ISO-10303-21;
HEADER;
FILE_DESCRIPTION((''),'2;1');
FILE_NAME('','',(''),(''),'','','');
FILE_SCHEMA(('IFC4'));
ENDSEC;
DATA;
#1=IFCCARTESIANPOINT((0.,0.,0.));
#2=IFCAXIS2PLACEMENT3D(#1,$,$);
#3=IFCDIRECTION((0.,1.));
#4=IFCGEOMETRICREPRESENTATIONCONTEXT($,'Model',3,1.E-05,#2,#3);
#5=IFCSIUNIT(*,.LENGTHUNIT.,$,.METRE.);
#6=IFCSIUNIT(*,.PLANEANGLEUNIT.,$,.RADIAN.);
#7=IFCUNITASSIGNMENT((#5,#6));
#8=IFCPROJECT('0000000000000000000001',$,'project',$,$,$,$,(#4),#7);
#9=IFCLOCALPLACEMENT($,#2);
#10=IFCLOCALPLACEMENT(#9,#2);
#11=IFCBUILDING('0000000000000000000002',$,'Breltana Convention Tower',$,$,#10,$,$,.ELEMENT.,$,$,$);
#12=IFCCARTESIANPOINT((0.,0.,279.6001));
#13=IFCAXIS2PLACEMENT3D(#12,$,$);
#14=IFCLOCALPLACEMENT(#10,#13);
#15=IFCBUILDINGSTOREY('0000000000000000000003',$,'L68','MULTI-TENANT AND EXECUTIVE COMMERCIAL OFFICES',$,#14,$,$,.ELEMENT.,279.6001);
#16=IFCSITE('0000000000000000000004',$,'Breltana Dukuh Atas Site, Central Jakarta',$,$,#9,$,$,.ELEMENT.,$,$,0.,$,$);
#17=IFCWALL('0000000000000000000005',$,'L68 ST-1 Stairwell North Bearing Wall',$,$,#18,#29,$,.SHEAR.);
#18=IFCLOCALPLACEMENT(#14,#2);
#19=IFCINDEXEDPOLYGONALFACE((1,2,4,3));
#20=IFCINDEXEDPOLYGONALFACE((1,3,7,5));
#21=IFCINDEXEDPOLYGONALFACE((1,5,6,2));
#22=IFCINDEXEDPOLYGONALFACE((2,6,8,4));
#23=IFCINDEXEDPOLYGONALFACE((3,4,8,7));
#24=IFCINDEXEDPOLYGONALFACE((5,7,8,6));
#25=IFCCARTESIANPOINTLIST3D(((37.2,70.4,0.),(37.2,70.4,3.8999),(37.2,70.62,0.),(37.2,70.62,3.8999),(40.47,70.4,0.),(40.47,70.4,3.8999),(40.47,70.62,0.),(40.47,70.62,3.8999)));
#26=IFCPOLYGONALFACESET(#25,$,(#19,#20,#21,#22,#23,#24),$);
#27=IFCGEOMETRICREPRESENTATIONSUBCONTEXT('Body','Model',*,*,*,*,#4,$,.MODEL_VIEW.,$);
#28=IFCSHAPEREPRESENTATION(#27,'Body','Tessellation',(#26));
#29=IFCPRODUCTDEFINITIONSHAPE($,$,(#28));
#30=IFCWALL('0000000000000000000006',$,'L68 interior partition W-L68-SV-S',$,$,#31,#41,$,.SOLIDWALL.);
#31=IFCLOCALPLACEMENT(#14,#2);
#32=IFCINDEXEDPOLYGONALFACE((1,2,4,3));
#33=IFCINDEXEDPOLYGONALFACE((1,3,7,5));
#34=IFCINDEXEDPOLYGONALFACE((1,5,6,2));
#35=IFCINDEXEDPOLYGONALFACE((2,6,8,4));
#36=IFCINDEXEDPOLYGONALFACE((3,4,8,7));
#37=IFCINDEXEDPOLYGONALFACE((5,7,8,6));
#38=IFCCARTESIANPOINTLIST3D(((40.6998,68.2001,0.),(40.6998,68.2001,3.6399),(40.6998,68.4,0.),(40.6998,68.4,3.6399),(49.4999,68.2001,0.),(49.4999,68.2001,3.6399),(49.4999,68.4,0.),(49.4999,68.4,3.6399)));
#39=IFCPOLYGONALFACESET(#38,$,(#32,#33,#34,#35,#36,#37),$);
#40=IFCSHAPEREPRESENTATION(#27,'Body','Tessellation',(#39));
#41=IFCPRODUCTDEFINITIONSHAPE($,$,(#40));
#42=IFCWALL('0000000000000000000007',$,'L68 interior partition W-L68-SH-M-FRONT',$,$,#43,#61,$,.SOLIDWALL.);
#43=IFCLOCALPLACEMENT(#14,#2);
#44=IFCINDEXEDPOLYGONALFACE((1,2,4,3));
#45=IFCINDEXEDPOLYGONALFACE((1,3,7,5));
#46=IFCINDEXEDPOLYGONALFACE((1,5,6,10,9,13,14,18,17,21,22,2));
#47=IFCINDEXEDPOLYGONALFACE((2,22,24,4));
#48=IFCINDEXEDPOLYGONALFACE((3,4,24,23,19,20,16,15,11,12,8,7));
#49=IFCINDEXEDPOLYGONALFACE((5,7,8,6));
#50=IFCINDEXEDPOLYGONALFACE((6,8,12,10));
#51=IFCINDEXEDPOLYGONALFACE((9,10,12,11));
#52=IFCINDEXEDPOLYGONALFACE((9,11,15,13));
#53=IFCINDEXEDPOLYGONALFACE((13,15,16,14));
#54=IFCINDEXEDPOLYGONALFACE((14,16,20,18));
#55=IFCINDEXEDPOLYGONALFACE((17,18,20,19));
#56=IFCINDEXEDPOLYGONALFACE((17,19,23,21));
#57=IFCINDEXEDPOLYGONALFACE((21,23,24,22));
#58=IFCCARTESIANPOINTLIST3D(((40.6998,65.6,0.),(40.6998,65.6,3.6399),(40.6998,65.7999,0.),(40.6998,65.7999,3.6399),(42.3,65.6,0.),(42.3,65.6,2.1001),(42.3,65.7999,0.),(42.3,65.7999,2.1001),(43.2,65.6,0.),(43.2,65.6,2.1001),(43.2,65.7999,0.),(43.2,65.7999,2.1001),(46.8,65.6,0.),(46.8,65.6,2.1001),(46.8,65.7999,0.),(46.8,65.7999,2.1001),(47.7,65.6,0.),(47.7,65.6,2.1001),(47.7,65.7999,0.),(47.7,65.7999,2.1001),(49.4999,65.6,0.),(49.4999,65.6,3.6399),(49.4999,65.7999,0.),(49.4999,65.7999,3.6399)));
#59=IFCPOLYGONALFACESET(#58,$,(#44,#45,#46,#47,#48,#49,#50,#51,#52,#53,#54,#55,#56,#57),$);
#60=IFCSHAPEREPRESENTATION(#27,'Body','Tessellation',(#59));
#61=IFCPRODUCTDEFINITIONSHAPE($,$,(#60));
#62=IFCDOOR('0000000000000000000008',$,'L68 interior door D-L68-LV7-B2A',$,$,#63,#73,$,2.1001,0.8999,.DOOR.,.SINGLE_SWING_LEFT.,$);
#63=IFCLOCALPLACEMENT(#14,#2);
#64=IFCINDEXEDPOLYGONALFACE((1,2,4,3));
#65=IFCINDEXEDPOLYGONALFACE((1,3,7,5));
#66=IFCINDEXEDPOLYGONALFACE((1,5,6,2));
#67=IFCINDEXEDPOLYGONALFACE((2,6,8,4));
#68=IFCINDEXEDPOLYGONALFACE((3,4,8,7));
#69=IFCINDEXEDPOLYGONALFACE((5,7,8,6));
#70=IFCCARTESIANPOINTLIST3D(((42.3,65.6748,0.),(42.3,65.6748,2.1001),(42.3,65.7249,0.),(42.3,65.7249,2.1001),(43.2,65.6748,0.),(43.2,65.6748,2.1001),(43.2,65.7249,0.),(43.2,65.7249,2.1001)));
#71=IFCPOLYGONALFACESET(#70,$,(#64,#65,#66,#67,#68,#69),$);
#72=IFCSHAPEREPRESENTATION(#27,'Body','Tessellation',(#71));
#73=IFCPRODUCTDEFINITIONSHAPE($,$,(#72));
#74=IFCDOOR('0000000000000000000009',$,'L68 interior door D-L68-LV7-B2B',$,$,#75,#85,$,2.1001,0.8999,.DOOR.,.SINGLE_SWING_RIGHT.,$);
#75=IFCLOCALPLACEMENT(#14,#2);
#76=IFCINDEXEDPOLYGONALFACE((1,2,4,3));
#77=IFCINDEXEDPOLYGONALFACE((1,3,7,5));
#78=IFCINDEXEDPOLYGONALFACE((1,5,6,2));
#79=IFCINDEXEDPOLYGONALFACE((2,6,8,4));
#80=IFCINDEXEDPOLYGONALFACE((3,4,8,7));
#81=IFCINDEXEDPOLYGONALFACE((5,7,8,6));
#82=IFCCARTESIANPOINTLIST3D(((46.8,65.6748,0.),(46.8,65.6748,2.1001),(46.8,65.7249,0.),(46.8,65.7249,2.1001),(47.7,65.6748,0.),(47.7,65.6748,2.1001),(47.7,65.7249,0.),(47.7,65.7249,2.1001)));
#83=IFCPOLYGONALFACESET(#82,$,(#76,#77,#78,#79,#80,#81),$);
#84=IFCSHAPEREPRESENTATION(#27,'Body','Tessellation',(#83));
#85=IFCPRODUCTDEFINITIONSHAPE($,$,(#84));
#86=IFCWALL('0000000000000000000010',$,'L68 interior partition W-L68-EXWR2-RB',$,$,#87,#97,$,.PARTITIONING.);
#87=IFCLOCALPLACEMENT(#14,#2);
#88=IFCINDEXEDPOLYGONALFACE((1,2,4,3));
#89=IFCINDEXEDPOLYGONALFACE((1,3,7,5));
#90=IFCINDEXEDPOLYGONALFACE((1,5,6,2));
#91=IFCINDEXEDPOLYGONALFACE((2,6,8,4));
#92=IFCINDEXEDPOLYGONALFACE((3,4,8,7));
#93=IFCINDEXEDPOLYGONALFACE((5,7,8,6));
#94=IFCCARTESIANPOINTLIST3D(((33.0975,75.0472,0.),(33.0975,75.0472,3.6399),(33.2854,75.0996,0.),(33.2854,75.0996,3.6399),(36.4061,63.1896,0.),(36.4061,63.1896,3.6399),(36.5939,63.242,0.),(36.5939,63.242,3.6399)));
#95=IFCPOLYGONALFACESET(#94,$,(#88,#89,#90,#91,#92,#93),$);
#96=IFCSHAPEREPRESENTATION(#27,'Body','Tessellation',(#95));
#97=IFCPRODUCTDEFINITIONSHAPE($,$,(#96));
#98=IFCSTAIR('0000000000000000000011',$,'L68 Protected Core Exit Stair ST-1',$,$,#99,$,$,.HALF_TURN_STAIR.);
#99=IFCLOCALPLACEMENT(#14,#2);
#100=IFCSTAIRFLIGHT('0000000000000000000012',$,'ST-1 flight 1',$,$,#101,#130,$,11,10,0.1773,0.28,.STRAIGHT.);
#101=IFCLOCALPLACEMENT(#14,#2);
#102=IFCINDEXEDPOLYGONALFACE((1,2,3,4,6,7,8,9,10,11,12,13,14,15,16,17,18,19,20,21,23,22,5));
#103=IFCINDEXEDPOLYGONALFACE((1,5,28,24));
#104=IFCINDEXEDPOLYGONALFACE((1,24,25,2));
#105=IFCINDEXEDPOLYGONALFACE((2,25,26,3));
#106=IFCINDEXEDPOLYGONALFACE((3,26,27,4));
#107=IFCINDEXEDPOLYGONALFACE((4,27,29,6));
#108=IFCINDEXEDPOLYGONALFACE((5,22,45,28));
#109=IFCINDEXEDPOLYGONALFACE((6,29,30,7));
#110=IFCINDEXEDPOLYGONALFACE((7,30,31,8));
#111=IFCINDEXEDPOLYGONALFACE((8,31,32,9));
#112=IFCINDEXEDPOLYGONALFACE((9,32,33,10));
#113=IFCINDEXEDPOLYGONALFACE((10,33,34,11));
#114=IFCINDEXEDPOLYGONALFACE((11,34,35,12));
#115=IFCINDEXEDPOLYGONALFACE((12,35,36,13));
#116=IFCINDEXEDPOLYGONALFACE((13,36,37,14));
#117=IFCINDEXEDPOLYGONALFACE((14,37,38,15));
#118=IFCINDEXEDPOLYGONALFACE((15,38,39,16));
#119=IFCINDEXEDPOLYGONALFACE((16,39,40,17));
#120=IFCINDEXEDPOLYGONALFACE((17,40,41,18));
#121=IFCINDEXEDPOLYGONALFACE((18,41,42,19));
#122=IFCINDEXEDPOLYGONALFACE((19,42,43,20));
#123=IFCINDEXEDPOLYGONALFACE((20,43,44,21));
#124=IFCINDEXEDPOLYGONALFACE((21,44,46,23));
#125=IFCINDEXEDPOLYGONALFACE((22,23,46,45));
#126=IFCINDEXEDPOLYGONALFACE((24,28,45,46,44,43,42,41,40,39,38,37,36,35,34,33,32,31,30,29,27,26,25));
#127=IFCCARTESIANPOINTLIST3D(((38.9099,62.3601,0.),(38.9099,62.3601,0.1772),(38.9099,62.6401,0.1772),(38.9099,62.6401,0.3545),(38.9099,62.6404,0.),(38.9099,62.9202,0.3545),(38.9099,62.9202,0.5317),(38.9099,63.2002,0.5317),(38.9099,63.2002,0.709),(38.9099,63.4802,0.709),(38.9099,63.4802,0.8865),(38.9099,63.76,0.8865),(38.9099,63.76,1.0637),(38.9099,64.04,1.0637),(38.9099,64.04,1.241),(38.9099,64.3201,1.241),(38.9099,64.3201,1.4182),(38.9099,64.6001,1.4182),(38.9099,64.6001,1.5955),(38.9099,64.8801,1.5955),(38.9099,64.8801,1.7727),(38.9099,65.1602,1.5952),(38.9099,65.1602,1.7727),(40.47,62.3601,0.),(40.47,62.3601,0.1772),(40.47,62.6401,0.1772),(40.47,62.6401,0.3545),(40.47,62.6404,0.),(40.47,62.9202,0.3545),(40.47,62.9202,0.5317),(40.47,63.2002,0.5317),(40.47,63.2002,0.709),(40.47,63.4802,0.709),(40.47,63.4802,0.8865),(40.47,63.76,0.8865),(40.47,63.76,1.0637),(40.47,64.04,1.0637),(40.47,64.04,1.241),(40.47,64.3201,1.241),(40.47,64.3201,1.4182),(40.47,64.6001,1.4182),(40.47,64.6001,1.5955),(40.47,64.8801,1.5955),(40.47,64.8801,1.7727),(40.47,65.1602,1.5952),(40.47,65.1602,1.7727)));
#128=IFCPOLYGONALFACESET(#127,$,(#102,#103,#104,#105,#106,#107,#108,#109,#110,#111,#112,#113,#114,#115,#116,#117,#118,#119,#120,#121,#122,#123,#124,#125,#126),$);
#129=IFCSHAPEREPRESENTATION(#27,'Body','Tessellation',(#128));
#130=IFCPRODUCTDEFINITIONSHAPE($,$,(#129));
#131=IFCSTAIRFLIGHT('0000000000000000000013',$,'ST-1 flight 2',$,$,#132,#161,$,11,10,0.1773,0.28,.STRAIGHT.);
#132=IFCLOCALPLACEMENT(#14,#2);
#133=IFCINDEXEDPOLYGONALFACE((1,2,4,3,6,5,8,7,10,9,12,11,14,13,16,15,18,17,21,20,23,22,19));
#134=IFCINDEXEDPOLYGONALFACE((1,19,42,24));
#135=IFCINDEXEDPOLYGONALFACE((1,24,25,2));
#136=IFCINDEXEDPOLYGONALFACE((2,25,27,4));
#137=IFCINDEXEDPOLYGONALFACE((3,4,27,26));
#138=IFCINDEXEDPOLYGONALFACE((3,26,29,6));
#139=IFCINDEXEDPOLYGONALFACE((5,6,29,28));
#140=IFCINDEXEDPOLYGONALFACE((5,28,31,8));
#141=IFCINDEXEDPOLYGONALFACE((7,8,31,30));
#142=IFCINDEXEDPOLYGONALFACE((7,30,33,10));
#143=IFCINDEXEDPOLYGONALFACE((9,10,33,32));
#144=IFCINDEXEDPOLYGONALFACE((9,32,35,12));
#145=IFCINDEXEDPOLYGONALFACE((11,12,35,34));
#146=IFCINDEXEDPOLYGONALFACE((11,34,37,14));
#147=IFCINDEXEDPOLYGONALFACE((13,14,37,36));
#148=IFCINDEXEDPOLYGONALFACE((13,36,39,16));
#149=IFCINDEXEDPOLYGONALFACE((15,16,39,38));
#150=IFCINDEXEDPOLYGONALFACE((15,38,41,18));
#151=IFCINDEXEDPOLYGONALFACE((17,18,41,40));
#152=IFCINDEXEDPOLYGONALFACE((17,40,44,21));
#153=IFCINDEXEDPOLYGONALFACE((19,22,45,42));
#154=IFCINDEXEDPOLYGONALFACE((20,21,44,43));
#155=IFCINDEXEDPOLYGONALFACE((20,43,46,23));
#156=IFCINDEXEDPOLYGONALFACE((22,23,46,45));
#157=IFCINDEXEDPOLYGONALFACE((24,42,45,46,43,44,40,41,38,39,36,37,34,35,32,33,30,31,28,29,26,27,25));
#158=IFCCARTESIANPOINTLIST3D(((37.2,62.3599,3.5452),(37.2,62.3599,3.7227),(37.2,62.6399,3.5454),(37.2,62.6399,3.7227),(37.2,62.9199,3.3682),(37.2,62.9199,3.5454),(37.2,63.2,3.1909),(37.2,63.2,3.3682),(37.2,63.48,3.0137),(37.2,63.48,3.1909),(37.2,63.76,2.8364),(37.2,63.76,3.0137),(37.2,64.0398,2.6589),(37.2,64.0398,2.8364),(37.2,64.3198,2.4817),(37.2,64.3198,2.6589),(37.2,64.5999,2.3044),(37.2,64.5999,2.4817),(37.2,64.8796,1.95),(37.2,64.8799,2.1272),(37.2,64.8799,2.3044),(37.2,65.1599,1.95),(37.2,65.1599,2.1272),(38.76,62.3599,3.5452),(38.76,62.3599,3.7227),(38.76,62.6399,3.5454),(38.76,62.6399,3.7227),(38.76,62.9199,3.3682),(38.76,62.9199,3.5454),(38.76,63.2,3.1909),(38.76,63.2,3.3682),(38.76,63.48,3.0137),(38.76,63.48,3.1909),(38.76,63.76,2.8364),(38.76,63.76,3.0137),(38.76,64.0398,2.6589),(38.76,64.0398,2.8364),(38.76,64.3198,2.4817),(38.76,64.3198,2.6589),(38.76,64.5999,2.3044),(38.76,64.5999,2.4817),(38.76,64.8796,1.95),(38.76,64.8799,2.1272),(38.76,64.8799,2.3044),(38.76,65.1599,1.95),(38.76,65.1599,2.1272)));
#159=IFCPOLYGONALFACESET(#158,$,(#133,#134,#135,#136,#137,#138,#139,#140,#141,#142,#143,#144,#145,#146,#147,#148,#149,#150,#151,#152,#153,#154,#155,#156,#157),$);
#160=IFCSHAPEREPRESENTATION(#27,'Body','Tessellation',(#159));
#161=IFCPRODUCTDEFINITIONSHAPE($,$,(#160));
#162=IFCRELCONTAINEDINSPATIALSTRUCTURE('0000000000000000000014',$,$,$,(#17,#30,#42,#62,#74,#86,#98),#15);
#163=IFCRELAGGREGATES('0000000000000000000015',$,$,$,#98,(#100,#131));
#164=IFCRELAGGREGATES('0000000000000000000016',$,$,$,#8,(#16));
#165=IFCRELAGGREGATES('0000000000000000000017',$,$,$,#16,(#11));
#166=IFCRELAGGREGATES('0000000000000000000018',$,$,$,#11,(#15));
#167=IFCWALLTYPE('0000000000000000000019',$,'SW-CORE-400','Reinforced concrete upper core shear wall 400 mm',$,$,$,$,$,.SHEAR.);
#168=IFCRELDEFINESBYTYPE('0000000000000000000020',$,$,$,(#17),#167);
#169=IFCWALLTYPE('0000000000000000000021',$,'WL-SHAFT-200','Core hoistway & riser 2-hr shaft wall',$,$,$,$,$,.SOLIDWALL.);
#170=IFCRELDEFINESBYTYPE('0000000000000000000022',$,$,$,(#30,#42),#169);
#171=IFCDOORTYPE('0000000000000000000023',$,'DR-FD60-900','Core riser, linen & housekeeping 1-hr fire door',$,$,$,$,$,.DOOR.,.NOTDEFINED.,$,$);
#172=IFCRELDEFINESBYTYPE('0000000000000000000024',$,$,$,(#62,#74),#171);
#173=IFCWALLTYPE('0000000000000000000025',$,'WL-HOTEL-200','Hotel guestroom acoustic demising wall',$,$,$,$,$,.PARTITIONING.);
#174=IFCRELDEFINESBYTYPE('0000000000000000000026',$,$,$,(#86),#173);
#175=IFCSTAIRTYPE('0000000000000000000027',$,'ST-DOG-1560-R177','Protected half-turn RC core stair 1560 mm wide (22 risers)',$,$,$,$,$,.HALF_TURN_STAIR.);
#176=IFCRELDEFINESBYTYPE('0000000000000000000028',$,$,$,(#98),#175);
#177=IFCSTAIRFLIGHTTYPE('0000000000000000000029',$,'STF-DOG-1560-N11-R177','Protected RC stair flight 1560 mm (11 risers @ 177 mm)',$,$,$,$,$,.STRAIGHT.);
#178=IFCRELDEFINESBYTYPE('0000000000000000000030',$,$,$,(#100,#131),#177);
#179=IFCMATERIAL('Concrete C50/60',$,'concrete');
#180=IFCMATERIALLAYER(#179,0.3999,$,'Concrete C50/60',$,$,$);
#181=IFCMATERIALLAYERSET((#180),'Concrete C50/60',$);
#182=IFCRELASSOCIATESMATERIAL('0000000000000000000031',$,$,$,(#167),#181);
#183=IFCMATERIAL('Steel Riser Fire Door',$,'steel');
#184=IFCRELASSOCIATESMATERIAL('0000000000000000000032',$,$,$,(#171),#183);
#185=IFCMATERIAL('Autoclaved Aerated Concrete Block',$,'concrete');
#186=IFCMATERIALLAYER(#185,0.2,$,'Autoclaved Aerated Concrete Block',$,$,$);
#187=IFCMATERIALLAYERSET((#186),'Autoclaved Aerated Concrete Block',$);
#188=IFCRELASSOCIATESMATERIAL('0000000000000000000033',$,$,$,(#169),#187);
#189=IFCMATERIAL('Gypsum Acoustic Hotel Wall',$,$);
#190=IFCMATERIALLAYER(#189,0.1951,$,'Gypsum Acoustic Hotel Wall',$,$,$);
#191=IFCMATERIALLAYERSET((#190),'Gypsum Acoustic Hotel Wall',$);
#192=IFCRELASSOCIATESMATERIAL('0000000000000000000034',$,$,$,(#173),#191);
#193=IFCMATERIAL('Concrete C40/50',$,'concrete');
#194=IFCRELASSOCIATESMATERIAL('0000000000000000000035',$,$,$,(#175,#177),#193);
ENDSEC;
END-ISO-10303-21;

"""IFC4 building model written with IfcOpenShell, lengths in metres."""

from ifc_helpers import new_model, si_unit, direction, frame, frame_2d, origin, place, context, subcontext, project, spatial, polyline, rectangle, outline, extrude, source, transform, mapped, material, layer, layer_set, type_object, type_shapes, element, fill, aggregate, save


model = new_model("IFC4")

# Units and contexts
model_context = context("Model", 3, precision=1e-05, world=origin(), true_north=direction((0.0, 1.0)))
body_context = subcontext(model_context, "Body", "Model", "MODEL_VIEW")
ifc_project = project(units=[si_unit("LENGTHUNIT", "METRE"), si_unit("PLANEANGLEUNIT", "RADIAN")], contexts=[model_context])

# Site, building, storey
site_placement = place(None, origin())
site = spatial("IfcSite", under=ifc_project, at=site_placement, Name="Breltana Dukuh Atas Site, Central Jakarta", CompositionType="ELEMENT", RefElevation=0.0)
building_placement = place(site_placement, origin())
building = spatial("IfcBuilding", under=site, at=building_placement, Name="Breltana Convention Tower", CompositionType="ELEMENT")
storey_placement = place(building_placement, frame((0.0, 0.0, 279.6001)))
storey = spatial("IfcBuildingStorey", under=building, at=storey_placement, Name="L68", Description="MULTI-TENANT AND EXECUTIVE COMMERCIAL OFFICES", CompositionType="ELEMENT", Elevation=279.6001)

# Wall
ifc_material_1 = material(Name="Concrete C50/60", Category="concrete")
ifc_layer_1 = layer(ifc_material_1, 0.3999, Name="Concrete C50/60")
ifc_layer_set_1 = layer_set([ifc_layer_1], Name="Concrete C50/60")
wall_type_1 = type_object("IfcWallType", Name="SW-CORE-400", Description="Reinforced concrete upper core shear wall 400 mm", PredefinedType="SHEAR", material=ifc_layer_set_1)
shared_shape_1 = source(origin(), body_context, "Body", "SweptSolid", [
    extrude(rectangle(XDim=3.27, YDim=0.22, at=frame_2d((1.635, 0.0))), origin(), (0.0, 0.0, 1.0), 3.8999),
])
wall_1_placement = place(storey_placement, frame((37.2, 70.51, 0.0), z_axis=(0.0, 0.0, 1.0), x_axis=(1.0, 0.0, 0.0)))
element("IfcWall", 1, at=wall_1_placement, inside=storey, type_object=wall_type_1, Name="L68 ST-1 Stairwell North Bearing Wall", PredefinedType="SHEAR", context=body_context, shape_type="MappedRepresentation", body=[
    mapped(shared_shape_1, transform((0.0, 0.0, 0.0), scale=1.0)),
])

# Shared definitions
ifc_material_2 = material(Name="Steel Riser Fire Door", Category="steel")
door_type_1 = type_object("IfcDoorType", Name="DR-FD60-900", Description="Core riser, linen & housekeeping 1-hr fire door", OperationType="NOTDEFINED", PredefinedType="DOOR", material=ifc_material_2)
shared_shape_2 = source(origin(), body_context, "Body", "SweptSolid", [
    extrude(rectangle(XDim=0.8999, YDim=2.1001, at=frame_2d((0.45, 1.05))), frame((0.0, 0.0249, 0.0), z_axis=(0.0, -1.0, 0.0), x_axis=(1.0, 0.0, 0.0)), (0.0, 0.0, 1.0), 0.05),
])
type_shapes(door_type_1, [shared_shape_2])

# Wall
ifc_material_3 = material(Name="Autoclaved Aerated Concrete Block", Category="concrete")
ifc_layer_2 = layer(ifc_material_3, 0.2, Name="Autoclaved Aerated Concrete Block")
ifc_layer_set_2 = layer_set([ifc_layer_2], Name="Autoclaved Aerated Concrete Block")
wall_type_2 = type_object("IfcWallType", Name="WL-SHAFT-200", Description="Core hoistway & riser 2-hr shaft wall", PredefinedType="SOLIDWALL", material=ifc_layer_set_2)
shared_shape_3 = source(origin(), body_context, "Body", "SweptSolid", [
    extrude(rectangle(XDim=8.8, YDim=0.2, at=frame_2d((4.3999, 0.0))), origin(), (0.0, 0.0, 1.0), 3.6399),
])
wall_2_placement = place(storey_placement, frame((40.7, 68.3, 0.0), z_axis=(0.0, 0.0, 1.0), x_axis=(1.0, 0.0, 0.0)))
element("IfcWall", 2, at=wall_2_placement, inside=storey, type_object=wall_type_2, Name="L68 interior partition W-L68-SV-S", PredefinedType="SOLIDWALL", context=body_context, shape_type="MappedRepresentation", body=[
    mapped(shared_shape_3, transform((0.0, 0.0, 0.0), scale=1.0)),
])

# Wall, openings, doors
wall_3_placement = place(storey_placement, frame((40.7, 65.7, 0.0), z_axis=(0.0, 0.0, 1.0), x_axis=(1.0, 0.0, 0.0)))
wall_3 = element("IfcWall", 3, at=wall_3_placement, inside=storey, type_object=wall_type_2, Name="L68 interior partition W-L68-SH-M-FRONT", PredefinedType="SOLIDWALL", context=body_context, shape_type="MappedRepresentation", body=[
    mapped(shared_shape_3, transform((0.0, 0.0, 0.0), scale=1.0)),
])
opening_1_placement = place(wall_3_placement, frame((1.6001, 0.0, 0.0)))
opening_1 = element("IfcOpeningElement", 4, at=opening_1_placement, cuts=wall_3, PredefinedType="OPENING", context=body_context, shape_type="SweptSolid", body=[
    extrude(rectangle(XDim=0.8999, YDim=2.1001, at=frame_2d((0.45, 1.05))), frame((0.0, 0.1099, 0.0), z_axis=(0.0, -1.0, 0.0), x_axis=(1.0, 0.0, 0.0)), (0.0, 0.0, 1.0), 0.22),
])
opening_2_placement = place(wall_3_placement, frame((6.1001, 0.0, 0.0)))
opening_2 = element("IfcOpeningElement", 5, at=opening_2_placement, cuts=wall_3, PredefinedType="OPENING", context=body_context, shape_type="SweptSolid", body=[
    extrude(rectangle(XDim=0.8999, YDim=2.1001, at=frame_2d((0.45, 1.05))), frame((0.0, 0.1099, 0.0), z_axis=(0.0, -1.0, 0.0), x_axis=(1.0, 0.0, 0.0)), (0.0, 0.0, 1.0), 0.22),
])
door_1_placement = place(opening_1_placement, origin())
door_1 = element("IfcDoor", 6, at=door_1_placement, inside=storey, type_object=door_type_1, Name="L68 interior door D-L68-LV7-B2A", OperationType="SINGLE_SWING_LEFT", OverallHeight=2.1001, OverallWidth=0.8999, PredefinedType="DOOR", context=body_context, shape_type="MappedRepresentation", body=[
    mapped(shared_shape_2, transform((0.0, 0.0, 0.0), scale=1.0)),
])
fill(opening_1, door_1)
door_2_placement = place(opening_2_placement, origin())
door_2 = element("IfcDoor", 7, at=door_2_placement, inside=storey, type_object=door_type_1, Name="L68 interior door D-L68-LV7-B2B", OperationType="SINGLE_SWING_RIGHT", OverallHeight=2.1001, OverallWidth=0.8999, PredefinedType="DOOR", context=body_context, shape_type="MappedRepresentation", body=[
    mapped(shared_shape_2, transform((0.0, 0.0, 0.0), scale=1.0)),
])
fill(opening_2, door_2)

# Wall
ifc_material_4 = material(Name="Gypsum Acoustic Hotel Wall")
ifc_layer_3 = layer(ifc_material_4, 0.1951, Name="Gypsum Acoustic Hotel Wall")
ifc_layer_set_3 = layer_set([ifc_layer_3], Name="Gypsum Acoustic Hotel Wall")
wall_type_3 = type_object("IfcWallType", Name="WL-HOTEL-200", Description="Hotel guestroom acoustic demising wall", PredefinedType="PARTITIONING", material=ifc_layer_set_3)
shared_shape_4 = source(origin(), body_context, "Body", "SweptSolid", [
    extrude(rectangle(XDim=12.3105, YDim=0.1951, at=frame_2d((6.1553, 0.0))), origin(), (0.0, 0.0, 1.0), 3.6399),
])
wall_4_placement = place(storey_placement, frame((36.5, 63.2158, 0.0), z_axis=(0.0, 0.0, 1.0), x_axis=(-0.26876, 0.963207, 0.0)))
element("IfcWall", 8, at=wall_4_placement, inside=storey, type_object=wall_type_3, Name="L68 interior partition W-L68-EXWR2-RB", PredefinedType="PARTITIONING", context=body_context, shape_type="MappedRepresentation", body=[
    mapped(shared_shape_4, transform((0.0, 0.0, 0.0), scale=1.0)),
])

# Stair, stair flights
ifc_material_5 = material(Name="Concrete C40/50", Category="concrete")
stair_type = type_object("IfcStairType", Name="ST-DOG-1560-R177", Description="Protected half-turn RC core stair 1560 mm wide (22 risers)", PredefinedType="HALF_TURN_STAIR", material=ifc_material_5)
stair_placement = place(storey_placement, origin())
stair = element("IfcStair", 9, at=stair_placement, inside=storey, type_object=stair_type, Name="L68 Protected Core Exit Stair ST-1", PredefinedType="HALF_TURN_STAIR")
stair_flight_type = type_object("IfcStairFlightType", Name="STF-DOG-1560-N11-R177", Description="Protected RC stair flight 1560 mm (11 risers @ 177 mm)", PredefinedType="STRAIGHT", material=ifc_material_5)
stair_flight_1_placement = place(storey_placement, frame((39.6899, 62.3601, 0.0), z_axis=(0.0, 0.0, 1.0), x_axis=(0.0, 1.0, 0.0)))
stair_flight_1 = element("IfcStairFlight", 10, at=stair_flight_1_placement, type_object=stair_flight_type, Name="ST-1 flight 1", NumberOfRisers=11, NumberOfTreads=10, PredefinedType="STRAIGHT", RiserHeight=0.1773, TreadLength=0.28, context=body_context, shape_type="SweptSolid", body=[
    extrude(outline(polyline([(0.0, 0.0), (0.0, 0.1772), (0.28, 0.1772), (0.28, 0.3545), (0.5601, 0.3545), (0.5601, 0.5317), (0.8401, 0.5317), (0.8401, 0.709), (1.1201, 0.709), (1.1201, 0.8865), (1.3999, 0.8865), (1.3999, 1.0637), (1.6799, 1.0637), (1.6799, 1.241), (1.96, 1.241), (1.96, 1.4182), (2.24, 1.4182), (2.24, 1.5955), (2.52, 1.5955), (2.52, 1.7727), (2.8, 1.7727), (2.8, 1.95), (2.8, 1.5952), (0.2803, 0.0), (0.0, 0.0)])), frame((0.0, 0.78, 0.0), z_axis=(0.0, -1.0, 0.0), x_axis=(1.0, 0.0, 0.0)), (0.0, 0.0, 1.0), 1.5601),
])
stair_flight_2_placement = place(storey_placement, frame((37.98, 65.1599, 1.95), z_axis=(0.0, 0.0, 1.0), x_axis=(0.0, -1.0, 0.0)))
stair_flight_2 = element("IfcStairFlight", 11, at=stair_flight_2_placement, type_object=stair_flight_type, Name="ST-1 flight 2", NumberOfRisers=11, NumberOfTreads=10, PredefinedType="STRAIGHT", RiserHeight=0.1773, TreadLength=0.28, context=body_context, shape_type="SweptSolid", body=[
    extrude(outline(polyline([(0.0, 0.0), (0.0, 0.1772), (0.28, 0.1772), (0.28, 0.3545), (0.5601, 0.3545), (0.5601, 0.5317), (0.8401, 0.5317), (0.8401, 0.709), (1.1201, 0.709), (1.1201, 0.8865), (1.3999, 0.8865), (1.3999, 1.0637), (1.6799, 1.0637), (1.6799, 1.241), (1.96, 1.241), (1.96, 1.4182), (2.24, 1.4182), (2.24, 1.5955), (2.52, 1.5955), (2.52, 1.7727), (2.8, 1.7727), (2.8, 1.95), (2.8, 1.5952), (0.2803, 0.0), (0.0, 0.0)])), frame((0.0, 0.78, 0.0), z_axis=(0.0, -1.0, 0.0), x_axis=(1.0, 0.0, 0.0)), (0.0, 0.0, 1.0), 1.5601),
])
aggregate(stair, [stair_flight_1, stair_flight_2])

save(model, "model.ifc")
